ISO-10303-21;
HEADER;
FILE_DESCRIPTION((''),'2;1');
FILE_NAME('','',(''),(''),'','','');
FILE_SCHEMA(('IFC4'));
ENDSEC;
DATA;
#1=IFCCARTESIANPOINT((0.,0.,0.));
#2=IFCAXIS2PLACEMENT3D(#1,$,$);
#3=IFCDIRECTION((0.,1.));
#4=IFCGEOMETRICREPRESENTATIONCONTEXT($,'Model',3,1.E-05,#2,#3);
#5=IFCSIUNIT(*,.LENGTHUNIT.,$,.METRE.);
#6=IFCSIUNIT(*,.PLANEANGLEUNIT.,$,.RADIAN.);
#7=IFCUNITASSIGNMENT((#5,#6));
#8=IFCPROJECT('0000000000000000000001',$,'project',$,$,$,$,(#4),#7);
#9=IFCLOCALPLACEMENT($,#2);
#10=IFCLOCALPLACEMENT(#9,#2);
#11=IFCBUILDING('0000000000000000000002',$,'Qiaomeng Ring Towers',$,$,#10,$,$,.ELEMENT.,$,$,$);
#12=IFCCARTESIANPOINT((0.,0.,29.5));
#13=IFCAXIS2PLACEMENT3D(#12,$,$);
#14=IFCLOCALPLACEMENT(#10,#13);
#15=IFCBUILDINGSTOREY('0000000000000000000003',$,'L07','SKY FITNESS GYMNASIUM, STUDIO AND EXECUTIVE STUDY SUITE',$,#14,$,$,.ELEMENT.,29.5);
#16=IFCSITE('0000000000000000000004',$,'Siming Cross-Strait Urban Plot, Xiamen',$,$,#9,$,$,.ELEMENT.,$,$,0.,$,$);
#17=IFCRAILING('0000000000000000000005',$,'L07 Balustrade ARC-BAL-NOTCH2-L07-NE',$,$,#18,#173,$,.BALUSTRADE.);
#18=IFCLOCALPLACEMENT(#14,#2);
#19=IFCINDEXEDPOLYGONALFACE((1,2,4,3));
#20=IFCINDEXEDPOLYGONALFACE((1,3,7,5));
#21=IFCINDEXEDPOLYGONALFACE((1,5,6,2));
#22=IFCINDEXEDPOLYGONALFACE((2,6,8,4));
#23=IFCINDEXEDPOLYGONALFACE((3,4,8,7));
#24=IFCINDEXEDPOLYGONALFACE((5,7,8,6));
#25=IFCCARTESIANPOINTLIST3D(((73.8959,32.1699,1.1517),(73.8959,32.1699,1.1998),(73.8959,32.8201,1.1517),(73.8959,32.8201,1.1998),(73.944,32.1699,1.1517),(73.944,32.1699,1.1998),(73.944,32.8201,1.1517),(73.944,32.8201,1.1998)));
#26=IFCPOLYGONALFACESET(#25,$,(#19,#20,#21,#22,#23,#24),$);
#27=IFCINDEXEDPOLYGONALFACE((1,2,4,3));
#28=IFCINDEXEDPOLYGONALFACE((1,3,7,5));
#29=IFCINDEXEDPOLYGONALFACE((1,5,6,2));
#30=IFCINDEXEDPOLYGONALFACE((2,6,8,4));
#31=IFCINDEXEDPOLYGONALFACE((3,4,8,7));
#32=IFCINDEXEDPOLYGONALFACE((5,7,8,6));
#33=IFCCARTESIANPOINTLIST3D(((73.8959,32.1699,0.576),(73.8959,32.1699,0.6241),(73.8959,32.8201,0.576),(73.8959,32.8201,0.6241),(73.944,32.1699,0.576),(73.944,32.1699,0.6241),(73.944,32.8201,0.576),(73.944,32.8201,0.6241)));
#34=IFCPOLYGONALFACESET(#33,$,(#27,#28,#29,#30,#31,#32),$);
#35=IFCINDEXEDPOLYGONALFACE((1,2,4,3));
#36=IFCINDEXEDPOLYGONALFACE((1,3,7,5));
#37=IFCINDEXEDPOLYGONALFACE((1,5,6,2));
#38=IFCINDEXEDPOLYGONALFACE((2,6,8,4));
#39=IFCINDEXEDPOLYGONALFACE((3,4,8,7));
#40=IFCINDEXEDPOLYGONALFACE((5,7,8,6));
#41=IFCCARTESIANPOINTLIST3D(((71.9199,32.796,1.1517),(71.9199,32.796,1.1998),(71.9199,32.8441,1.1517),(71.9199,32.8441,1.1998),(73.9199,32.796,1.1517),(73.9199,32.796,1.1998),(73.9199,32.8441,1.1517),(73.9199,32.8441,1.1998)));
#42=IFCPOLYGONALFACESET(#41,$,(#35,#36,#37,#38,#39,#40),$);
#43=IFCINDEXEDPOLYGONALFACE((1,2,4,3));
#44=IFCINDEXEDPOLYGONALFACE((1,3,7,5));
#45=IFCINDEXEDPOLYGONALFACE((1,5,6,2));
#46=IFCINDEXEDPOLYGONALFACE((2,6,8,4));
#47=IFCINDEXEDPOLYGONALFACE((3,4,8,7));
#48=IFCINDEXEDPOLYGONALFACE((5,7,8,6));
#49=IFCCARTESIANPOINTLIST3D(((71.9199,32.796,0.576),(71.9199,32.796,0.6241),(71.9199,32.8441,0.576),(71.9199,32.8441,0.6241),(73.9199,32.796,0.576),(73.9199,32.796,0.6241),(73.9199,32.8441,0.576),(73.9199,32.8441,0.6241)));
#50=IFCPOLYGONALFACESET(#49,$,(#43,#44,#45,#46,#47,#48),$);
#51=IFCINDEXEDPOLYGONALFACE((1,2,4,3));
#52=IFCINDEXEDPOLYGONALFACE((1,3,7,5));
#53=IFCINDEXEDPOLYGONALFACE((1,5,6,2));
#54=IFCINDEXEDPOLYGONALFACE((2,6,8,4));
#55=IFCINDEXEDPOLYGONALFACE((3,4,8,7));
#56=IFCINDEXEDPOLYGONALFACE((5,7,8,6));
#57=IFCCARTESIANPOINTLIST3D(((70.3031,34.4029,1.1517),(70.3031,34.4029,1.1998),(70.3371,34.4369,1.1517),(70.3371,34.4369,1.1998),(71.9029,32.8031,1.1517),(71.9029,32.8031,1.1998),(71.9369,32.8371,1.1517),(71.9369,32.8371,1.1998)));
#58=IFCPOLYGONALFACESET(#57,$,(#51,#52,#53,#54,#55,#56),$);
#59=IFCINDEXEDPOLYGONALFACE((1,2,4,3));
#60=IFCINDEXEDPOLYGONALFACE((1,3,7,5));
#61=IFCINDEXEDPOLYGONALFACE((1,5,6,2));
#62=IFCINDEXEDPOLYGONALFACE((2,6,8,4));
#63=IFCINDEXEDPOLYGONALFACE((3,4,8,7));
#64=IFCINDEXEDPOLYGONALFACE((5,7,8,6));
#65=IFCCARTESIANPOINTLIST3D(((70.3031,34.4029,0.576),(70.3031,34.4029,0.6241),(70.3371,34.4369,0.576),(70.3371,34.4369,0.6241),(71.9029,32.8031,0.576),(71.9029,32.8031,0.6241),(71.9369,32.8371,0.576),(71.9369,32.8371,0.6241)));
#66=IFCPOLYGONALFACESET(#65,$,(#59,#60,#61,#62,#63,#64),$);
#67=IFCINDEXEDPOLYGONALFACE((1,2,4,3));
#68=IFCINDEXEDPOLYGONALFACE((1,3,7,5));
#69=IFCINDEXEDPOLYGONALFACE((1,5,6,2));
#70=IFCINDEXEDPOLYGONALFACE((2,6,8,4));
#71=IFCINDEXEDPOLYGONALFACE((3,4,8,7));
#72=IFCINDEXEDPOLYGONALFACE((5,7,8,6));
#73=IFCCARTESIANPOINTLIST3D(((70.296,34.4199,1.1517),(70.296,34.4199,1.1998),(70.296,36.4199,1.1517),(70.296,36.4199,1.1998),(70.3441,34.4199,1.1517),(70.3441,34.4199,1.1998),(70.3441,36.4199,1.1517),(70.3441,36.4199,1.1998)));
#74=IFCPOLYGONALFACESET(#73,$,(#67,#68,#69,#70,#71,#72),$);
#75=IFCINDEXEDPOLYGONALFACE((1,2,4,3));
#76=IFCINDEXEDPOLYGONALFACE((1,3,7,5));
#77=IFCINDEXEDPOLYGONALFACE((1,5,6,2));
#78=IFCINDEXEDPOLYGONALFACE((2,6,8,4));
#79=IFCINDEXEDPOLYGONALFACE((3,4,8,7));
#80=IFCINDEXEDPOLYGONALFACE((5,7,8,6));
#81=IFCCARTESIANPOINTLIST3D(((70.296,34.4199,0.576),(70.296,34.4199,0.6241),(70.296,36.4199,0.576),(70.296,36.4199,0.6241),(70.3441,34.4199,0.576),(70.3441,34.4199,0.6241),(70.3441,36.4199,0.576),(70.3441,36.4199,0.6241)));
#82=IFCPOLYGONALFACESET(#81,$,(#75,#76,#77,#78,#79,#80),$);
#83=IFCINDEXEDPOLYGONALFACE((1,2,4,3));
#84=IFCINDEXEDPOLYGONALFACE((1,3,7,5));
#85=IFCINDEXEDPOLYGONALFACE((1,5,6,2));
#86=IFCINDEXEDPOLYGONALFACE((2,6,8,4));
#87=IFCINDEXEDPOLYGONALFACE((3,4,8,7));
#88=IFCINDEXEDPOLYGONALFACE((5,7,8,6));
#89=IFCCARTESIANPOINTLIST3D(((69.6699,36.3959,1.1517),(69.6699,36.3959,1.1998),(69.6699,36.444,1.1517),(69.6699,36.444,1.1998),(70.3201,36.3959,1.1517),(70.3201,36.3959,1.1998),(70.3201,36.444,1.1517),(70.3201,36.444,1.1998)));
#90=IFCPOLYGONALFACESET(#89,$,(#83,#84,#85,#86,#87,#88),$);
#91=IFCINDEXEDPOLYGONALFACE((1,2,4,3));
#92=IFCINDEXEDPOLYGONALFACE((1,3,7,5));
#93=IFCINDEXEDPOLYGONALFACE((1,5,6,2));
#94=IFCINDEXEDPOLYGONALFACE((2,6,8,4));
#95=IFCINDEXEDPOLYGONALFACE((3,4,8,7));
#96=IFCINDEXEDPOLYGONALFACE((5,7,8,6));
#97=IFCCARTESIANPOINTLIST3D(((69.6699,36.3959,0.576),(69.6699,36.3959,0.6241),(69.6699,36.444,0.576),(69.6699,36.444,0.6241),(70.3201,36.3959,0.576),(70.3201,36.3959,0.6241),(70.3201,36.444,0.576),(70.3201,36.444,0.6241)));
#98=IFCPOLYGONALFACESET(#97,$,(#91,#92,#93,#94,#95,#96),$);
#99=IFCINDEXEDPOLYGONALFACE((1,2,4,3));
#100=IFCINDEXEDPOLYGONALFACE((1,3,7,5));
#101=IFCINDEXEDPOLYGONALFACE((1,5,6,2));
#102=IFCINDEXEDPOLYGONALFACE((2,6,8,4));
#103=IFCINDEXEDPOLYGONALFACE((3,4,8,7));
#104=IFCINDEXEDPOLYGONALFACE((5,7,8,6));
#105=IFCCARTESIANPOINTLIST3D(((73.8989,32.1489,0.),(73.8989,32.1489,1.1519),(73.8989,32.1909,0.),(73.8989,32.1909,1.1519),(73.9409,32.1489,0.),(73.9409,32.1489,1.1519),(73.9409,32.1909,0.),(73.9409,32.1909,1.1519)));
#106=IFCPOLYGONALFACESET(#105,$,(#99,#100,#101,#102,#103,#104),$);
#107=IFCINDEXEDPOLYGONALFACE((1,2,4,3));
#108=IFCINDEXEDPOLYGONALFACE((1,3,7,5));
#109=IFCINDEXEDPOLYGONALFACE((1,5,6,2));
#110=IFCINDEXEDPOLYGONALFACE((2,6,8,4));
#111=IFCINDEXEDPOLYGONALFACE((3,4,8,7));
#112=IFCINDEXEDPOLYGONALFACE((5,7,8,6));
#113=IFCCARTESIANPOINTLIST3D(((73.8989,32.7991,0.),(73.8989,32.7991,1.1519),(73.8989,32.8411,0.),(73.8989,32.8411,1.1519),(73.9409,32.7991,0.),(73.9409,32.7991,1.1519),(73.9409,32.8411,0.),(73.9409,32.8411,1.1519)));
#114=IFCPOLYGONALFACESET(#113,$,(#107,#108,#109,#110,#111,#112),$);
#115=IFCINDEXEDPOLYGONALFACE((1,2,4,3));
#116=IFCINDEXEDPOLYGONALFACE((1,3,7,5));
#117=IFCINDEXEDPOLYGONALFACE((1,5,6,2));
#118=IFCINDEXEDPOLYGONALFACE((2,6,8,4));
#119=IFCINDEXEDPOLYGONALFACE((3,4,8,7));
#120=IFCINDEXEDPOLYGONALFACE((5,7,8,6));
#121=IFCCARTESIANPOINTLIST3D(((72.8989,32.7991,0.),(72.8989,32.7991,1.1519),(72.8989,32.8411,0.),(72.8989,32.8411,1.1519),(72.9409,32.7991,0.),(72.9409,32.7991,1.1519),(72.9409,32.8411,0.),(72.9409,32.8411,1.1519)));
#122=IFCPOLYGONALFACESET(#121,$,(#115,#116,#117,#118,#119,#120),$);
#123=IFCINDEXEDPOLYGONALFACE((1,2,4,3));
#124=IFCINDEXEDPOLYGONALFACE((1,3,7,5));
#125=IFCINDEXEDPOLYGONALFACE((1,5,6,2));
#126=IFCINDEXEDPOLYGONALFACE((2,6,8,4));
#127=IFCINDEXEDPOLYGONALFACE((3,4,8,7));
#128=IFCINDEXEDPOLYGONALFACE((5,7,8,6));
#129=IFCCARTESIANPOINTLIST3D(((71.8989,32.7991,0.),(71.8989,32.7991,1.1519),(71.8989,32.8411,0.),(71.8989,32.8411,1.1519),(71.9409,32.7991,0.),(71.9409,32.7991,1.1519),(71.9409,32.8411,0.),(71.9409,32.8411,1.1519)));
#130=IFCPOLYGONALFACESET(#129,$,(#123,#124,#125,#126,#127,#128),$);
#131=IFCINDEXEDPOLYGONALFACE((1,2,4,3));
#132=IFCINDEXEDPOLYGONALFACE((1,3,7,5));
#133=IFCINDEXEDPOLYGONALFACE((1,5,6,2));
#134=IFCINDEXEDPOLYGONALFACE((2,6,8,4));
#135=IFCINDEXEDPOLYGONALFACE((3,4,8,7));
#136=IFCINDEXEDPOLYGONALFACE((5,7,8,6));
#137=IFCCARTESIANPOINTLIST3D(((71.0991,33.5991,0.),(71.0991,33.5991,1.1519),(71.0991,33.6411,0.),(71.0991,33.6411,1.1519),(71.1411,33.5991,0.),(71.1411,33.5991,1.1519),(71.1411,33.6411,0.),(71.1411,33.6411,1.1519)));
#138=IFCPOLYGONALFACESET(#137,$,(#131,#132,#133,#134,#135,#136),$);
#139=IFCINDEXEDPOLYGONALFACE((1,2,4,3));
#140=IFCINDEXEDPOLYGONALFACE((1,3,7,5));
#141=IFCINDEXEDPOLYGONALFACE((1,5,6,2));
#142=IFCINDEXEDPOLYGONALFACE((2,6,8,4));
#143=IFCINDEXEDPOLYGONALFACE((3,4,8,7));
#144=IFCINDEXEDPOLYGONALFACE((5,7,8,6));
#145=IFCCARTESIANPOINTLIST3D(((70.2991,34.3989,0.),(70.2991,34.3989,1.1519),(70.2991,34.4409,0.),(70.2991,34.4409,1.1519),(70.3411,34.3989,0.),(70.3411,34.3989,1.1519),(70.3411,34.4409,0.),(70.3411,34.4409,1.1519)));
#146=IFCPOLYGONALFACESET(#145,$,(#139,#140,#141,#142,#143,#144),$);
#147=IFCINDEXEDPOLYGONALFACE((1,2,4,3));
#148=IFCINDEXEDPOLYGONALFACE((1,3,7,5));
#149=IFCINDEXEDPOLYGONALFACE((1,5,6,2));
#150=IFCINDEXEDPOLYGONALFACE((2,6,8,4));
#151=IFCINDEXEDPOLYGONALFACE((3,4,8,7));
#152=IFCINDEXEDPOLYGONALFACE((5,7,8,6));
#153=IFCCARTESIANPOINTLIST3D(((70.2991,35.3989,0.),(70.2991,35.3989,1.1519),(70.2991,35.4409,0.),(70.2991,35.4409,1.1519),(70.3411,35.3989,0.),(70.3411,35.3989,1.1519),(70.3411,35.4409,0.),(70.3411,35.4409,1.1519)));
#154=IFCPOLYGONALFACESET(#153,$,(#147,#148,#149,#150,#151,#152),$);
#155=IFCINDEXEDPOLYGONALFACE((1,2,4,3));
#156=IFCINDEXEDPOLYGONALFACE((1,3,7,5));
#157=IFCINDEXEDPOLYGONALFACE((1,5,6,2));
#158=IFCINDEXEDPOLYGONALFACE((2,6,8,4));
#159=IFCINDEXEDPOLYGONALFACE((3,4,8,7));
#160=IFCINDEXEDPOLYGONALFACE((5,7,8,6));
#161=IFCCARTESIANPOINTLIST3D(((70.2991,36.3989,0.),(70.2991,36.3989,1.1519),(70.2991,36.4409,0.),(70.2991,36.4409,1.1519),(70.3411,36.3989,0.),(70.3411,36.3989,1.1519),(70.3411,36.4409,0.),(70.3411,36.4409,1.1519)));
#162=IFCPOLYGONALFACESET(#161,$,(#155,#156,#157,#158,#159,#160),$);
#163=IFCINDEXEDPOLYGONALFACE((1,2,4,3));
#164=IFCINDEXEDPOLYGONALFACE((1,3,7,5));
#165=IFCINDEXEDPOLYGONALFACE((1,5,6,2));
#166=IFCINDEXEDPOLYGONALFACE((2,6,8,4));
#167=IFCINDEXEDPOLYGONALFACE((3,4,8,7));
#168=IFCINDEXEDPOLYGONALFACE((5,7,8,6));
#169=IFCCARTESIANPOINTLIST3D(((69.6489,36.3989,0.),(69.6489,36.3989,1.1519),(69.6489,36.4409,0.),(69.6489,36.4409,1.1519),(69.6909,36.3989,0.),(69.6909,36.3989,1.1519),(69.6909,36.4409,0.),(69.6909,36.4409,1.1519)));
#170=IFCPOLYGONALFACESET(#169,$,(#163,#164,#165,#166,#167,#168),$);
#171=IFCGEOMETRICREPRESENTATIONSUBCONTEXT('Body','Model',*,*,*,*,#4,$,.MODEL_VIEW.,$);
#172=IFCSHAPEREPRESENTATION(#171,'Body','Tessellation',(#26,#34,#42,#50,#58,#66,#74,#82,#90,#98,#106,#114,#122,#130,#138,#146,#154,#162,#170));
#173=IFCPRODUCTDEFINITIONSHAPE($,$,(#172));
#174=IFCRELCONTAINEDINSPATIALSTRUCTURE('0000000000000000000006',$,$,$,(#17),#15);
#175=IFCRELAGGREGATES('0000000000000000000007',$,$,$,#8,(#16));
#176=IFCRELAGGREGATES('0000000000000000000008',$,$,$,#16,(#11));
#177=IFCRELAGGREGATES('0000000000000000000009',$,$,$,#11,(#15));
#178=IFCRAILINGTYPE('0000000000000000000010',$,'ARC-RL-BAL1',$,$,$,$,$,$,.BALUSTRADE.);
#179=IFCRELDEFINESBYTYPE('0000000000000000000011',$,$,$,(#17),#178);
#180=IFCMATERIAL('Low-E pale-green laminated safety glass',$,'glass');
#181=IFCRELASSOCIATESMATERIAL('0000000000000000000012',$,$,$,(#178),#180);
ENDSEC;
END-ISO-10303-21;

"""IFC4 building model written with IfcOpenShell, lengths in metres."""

from ifc_helpers import new_model, si_unit, direction, frame, origin, origin_2d, place, context, subcontext, project, spatial, rectangle, extrude, material, type_object, element, save


model = new_model("IFC4")

# Units and contexts
model_context = context("Model", 3, precision=1e-05, world=origin(), true_north=direction((0.0, 1.0)))
body_context = subcontext(model_context, "Body", "Model", "MODEL_VIEW")
ifc_project = project(units=[si_unit("LENGTHUNIT", "METRE"), si_unit("PLANEANGLEUNIT", "RADIAN")], contexts=[model_context])

# Site, building, storey
site_placement = place(None, origin())
site = spatial("IfcSite", under=ifc_project, at=site_placement, Name="Siming Cross-Strait Urban Plot, Xiamen", CompositionType="ELEMENT", RefElevation=0.0)
building_placement = place(site_placement, origin())
building = spatial("IfcBuilding", under=site, at=building_placement, Name="Qiaomeng Ring Towers", CompositionType="ELEMENT")
storey_placement = place(building_placement, frame((0.0, 0.0, 29.5)))
storey = spatial("IfcBuildingStorey", under=building, at=storey_placement, Name="L07", Description="SKY FITNESS GYMNASIUM, STUDIO AND EXECUTIVE STUDY SUITE", CompositionType="ELEMENT", Elevation=29.5)

# Railing
ifc_material_1 = material(Name="Low-E pale-green laminated safety glass", Category="glass")
railing_type = type_object("IfcRailingType", Name="ARC-RL-BAL1", PredefinedType="BALUSTRADE", material=ifc_material_1)
railing_1_placement = place(storey_placement, frame((73.9199, 32.1699, 0.0)))
element("IfcRailing", 1, at=railing_1_placement, inside=storey, type_object=railing_type, Name="L07 Balustrade ARC-BAL-NOTCH2-L07-NE", PredefinedType="BALUSTRADE", context=body_context, shape_type="SweptSolid", body=[
    extrude(rectangle(XDim=0.0481, YDim=0.0481, at=origin_2d()), frame((0.0, 0.0, 1.1758), z_axis=(0.0, 1.0, 0.0), x_axis=(-1.0, 0.0, 0.0)), (0.0, 0.0, 1.0), 0.6501),
    extrude(rectangle(XDim=0.0481, YDim=0.0481, at=origin_2d()), frame((0.0, 0.0, 0.6001), z_axis=(0.0, 1.0, 0.0), x_axis=(-1.0, 0.0, 0.0)), (0.0, 0.0, 1.0), 0.6501),
    extrude(rectangle(XDim=0.0481, YDim=0.0481, at=origin_2d()), frame((0.0, 0.6501, 1.1758), z_axis=(-1.0, 0.0, 0.0), x_axis=(0.0, -1.0, 0.0)), (0.0, 0.0, 1.0), 2.0),
    extrude(rectangle(XDim=0.0481, YDim=0.0481, at=origin_2d()), frame((0.0, 0.6501, 0.6001), z_axis=(-1.0, 0.0, 0.0), x_axis=(0.0, -1.0, 0.0)), (0.0, 0.0, 1.0), 2.0),
    extrude(rectangle(XDim=0.0481, YDim=0.0481, at=origin_2d()), frame((-2.0, 0.6501, 1.1758), z_axis=(-0.707107, 0.707107, 0.0), x_axis=(-0.707107, -0.707107, 0.0)), (0.0, 0.0, 1.0), 2.2625),
    extrude(rectangle(XDim=0.0481, YDim=0.0481, at=origin_2d()), frame((-2.0, 0.6501, 0.6001), z_axis=(-0.707107, 0.707107, 0.0), x_axis=(-0.707107, -0.707107, 0.0)), (0.0, 0.0, 1.0), 2.2625),
    extrude(rectangle(XDim=0.0481, YDim=0.0481, at=origin_2d()), frame((-3.5999, 2.25, 1.1758), z_axis=(0.0, 1.0, 0.0), x_axis=(-1.0, 0.0, 0.0)), (0.0, 0.0, 1.0), 2.0),
    extrude(rectangle(XDim=0.0481, YDim=0.0481, at=origin_2d()), frame((-3.5999, 2.25, 0.6001), z_axis=(0.0, 1.0, 0.0), x_axis=(-1.0, 0.0, 0.0)), (0.0, 0.0, 1.0), 2.0),
    extrude(rectangle(XDim=0.0481, YDim=0.0481, at=origin_2d()), frame((-3.5999, 4.25, 1.1758), z_axis=(-1.0, 0.0, 0.0), x_axis=(0.0, -1.0, 0.0)), (0.0, 0.0, 1.0), 0.6501),
    extrude(rectangle(XDim=0.0481, YDim=0.0481, at=origin_2d()), frame((-3.5999, 4.25, 0.6001), z_axis=(-1.0, 0.0, 0.0), x_axis=(0.0, -1.0, 0.0)), (0.0, 0.0, 1.0), 0.6501),
    extrude(rectangle(XDim=0.042, YDim=0.042, at=origin_2d()), origin(), (0.0, 0.0, 1.0), 1.1519),
    extrude(rectangle(XDim=0.042, YDim=0.042, at=origin_2d()), frame((0.0, 0.6501, 0.0)), (0.0, 0.0, 1.0), 1.1519),
    extrude(rectangle(XDim=0.042, YDim=0.042, at=origin_2d()), frame((-1.0, 0.6501, 0.0)), (0.0, 0.0, 1.0), 1.1519),
    extrude(rectangle(XDim=0.042, YDim=0.042, at=origin_2d()), frame((-2.0, 0.6501, 0.0)), (0.0, 0.0, 1.0), 1.1519),
    extrude(rectangle(XDim=0.042, YDim=0.042, at=origin_2d()), frame((-2.7998, 1.4502, 0.0)), (0.0, 0.0, 1.0), 1.1519),
    extrude(rectangle(XDim=0.042, YDim=0.042, at=origin_2d()), frame((-3.5999, 2.25, 0.0)), (0.0, 0.0, 1.0), 1.1519),
    extrude(rectangle(XDim=0.042, YDim=0.042, at=origin_2d()), frame((-3.5999, 3.25, 0.0)), (0.0, 0.0, 1.0), 1.1519),
    extrude(rectangle(XDim=0.042, YDim=0.042, at=origin_2d()), frame((-3.5999, 4.25, 0.0)), (0.0, 0.0, 1.0), 1.1519),
    extrude(rectangle(XDim=0.042, YDim=0.042, at=origin_2d()), frame((-4.25, 4.25, 0.0)), (0.0, 0.0, 1.0), 1.1519),
])

save(model, "model.ifc")
